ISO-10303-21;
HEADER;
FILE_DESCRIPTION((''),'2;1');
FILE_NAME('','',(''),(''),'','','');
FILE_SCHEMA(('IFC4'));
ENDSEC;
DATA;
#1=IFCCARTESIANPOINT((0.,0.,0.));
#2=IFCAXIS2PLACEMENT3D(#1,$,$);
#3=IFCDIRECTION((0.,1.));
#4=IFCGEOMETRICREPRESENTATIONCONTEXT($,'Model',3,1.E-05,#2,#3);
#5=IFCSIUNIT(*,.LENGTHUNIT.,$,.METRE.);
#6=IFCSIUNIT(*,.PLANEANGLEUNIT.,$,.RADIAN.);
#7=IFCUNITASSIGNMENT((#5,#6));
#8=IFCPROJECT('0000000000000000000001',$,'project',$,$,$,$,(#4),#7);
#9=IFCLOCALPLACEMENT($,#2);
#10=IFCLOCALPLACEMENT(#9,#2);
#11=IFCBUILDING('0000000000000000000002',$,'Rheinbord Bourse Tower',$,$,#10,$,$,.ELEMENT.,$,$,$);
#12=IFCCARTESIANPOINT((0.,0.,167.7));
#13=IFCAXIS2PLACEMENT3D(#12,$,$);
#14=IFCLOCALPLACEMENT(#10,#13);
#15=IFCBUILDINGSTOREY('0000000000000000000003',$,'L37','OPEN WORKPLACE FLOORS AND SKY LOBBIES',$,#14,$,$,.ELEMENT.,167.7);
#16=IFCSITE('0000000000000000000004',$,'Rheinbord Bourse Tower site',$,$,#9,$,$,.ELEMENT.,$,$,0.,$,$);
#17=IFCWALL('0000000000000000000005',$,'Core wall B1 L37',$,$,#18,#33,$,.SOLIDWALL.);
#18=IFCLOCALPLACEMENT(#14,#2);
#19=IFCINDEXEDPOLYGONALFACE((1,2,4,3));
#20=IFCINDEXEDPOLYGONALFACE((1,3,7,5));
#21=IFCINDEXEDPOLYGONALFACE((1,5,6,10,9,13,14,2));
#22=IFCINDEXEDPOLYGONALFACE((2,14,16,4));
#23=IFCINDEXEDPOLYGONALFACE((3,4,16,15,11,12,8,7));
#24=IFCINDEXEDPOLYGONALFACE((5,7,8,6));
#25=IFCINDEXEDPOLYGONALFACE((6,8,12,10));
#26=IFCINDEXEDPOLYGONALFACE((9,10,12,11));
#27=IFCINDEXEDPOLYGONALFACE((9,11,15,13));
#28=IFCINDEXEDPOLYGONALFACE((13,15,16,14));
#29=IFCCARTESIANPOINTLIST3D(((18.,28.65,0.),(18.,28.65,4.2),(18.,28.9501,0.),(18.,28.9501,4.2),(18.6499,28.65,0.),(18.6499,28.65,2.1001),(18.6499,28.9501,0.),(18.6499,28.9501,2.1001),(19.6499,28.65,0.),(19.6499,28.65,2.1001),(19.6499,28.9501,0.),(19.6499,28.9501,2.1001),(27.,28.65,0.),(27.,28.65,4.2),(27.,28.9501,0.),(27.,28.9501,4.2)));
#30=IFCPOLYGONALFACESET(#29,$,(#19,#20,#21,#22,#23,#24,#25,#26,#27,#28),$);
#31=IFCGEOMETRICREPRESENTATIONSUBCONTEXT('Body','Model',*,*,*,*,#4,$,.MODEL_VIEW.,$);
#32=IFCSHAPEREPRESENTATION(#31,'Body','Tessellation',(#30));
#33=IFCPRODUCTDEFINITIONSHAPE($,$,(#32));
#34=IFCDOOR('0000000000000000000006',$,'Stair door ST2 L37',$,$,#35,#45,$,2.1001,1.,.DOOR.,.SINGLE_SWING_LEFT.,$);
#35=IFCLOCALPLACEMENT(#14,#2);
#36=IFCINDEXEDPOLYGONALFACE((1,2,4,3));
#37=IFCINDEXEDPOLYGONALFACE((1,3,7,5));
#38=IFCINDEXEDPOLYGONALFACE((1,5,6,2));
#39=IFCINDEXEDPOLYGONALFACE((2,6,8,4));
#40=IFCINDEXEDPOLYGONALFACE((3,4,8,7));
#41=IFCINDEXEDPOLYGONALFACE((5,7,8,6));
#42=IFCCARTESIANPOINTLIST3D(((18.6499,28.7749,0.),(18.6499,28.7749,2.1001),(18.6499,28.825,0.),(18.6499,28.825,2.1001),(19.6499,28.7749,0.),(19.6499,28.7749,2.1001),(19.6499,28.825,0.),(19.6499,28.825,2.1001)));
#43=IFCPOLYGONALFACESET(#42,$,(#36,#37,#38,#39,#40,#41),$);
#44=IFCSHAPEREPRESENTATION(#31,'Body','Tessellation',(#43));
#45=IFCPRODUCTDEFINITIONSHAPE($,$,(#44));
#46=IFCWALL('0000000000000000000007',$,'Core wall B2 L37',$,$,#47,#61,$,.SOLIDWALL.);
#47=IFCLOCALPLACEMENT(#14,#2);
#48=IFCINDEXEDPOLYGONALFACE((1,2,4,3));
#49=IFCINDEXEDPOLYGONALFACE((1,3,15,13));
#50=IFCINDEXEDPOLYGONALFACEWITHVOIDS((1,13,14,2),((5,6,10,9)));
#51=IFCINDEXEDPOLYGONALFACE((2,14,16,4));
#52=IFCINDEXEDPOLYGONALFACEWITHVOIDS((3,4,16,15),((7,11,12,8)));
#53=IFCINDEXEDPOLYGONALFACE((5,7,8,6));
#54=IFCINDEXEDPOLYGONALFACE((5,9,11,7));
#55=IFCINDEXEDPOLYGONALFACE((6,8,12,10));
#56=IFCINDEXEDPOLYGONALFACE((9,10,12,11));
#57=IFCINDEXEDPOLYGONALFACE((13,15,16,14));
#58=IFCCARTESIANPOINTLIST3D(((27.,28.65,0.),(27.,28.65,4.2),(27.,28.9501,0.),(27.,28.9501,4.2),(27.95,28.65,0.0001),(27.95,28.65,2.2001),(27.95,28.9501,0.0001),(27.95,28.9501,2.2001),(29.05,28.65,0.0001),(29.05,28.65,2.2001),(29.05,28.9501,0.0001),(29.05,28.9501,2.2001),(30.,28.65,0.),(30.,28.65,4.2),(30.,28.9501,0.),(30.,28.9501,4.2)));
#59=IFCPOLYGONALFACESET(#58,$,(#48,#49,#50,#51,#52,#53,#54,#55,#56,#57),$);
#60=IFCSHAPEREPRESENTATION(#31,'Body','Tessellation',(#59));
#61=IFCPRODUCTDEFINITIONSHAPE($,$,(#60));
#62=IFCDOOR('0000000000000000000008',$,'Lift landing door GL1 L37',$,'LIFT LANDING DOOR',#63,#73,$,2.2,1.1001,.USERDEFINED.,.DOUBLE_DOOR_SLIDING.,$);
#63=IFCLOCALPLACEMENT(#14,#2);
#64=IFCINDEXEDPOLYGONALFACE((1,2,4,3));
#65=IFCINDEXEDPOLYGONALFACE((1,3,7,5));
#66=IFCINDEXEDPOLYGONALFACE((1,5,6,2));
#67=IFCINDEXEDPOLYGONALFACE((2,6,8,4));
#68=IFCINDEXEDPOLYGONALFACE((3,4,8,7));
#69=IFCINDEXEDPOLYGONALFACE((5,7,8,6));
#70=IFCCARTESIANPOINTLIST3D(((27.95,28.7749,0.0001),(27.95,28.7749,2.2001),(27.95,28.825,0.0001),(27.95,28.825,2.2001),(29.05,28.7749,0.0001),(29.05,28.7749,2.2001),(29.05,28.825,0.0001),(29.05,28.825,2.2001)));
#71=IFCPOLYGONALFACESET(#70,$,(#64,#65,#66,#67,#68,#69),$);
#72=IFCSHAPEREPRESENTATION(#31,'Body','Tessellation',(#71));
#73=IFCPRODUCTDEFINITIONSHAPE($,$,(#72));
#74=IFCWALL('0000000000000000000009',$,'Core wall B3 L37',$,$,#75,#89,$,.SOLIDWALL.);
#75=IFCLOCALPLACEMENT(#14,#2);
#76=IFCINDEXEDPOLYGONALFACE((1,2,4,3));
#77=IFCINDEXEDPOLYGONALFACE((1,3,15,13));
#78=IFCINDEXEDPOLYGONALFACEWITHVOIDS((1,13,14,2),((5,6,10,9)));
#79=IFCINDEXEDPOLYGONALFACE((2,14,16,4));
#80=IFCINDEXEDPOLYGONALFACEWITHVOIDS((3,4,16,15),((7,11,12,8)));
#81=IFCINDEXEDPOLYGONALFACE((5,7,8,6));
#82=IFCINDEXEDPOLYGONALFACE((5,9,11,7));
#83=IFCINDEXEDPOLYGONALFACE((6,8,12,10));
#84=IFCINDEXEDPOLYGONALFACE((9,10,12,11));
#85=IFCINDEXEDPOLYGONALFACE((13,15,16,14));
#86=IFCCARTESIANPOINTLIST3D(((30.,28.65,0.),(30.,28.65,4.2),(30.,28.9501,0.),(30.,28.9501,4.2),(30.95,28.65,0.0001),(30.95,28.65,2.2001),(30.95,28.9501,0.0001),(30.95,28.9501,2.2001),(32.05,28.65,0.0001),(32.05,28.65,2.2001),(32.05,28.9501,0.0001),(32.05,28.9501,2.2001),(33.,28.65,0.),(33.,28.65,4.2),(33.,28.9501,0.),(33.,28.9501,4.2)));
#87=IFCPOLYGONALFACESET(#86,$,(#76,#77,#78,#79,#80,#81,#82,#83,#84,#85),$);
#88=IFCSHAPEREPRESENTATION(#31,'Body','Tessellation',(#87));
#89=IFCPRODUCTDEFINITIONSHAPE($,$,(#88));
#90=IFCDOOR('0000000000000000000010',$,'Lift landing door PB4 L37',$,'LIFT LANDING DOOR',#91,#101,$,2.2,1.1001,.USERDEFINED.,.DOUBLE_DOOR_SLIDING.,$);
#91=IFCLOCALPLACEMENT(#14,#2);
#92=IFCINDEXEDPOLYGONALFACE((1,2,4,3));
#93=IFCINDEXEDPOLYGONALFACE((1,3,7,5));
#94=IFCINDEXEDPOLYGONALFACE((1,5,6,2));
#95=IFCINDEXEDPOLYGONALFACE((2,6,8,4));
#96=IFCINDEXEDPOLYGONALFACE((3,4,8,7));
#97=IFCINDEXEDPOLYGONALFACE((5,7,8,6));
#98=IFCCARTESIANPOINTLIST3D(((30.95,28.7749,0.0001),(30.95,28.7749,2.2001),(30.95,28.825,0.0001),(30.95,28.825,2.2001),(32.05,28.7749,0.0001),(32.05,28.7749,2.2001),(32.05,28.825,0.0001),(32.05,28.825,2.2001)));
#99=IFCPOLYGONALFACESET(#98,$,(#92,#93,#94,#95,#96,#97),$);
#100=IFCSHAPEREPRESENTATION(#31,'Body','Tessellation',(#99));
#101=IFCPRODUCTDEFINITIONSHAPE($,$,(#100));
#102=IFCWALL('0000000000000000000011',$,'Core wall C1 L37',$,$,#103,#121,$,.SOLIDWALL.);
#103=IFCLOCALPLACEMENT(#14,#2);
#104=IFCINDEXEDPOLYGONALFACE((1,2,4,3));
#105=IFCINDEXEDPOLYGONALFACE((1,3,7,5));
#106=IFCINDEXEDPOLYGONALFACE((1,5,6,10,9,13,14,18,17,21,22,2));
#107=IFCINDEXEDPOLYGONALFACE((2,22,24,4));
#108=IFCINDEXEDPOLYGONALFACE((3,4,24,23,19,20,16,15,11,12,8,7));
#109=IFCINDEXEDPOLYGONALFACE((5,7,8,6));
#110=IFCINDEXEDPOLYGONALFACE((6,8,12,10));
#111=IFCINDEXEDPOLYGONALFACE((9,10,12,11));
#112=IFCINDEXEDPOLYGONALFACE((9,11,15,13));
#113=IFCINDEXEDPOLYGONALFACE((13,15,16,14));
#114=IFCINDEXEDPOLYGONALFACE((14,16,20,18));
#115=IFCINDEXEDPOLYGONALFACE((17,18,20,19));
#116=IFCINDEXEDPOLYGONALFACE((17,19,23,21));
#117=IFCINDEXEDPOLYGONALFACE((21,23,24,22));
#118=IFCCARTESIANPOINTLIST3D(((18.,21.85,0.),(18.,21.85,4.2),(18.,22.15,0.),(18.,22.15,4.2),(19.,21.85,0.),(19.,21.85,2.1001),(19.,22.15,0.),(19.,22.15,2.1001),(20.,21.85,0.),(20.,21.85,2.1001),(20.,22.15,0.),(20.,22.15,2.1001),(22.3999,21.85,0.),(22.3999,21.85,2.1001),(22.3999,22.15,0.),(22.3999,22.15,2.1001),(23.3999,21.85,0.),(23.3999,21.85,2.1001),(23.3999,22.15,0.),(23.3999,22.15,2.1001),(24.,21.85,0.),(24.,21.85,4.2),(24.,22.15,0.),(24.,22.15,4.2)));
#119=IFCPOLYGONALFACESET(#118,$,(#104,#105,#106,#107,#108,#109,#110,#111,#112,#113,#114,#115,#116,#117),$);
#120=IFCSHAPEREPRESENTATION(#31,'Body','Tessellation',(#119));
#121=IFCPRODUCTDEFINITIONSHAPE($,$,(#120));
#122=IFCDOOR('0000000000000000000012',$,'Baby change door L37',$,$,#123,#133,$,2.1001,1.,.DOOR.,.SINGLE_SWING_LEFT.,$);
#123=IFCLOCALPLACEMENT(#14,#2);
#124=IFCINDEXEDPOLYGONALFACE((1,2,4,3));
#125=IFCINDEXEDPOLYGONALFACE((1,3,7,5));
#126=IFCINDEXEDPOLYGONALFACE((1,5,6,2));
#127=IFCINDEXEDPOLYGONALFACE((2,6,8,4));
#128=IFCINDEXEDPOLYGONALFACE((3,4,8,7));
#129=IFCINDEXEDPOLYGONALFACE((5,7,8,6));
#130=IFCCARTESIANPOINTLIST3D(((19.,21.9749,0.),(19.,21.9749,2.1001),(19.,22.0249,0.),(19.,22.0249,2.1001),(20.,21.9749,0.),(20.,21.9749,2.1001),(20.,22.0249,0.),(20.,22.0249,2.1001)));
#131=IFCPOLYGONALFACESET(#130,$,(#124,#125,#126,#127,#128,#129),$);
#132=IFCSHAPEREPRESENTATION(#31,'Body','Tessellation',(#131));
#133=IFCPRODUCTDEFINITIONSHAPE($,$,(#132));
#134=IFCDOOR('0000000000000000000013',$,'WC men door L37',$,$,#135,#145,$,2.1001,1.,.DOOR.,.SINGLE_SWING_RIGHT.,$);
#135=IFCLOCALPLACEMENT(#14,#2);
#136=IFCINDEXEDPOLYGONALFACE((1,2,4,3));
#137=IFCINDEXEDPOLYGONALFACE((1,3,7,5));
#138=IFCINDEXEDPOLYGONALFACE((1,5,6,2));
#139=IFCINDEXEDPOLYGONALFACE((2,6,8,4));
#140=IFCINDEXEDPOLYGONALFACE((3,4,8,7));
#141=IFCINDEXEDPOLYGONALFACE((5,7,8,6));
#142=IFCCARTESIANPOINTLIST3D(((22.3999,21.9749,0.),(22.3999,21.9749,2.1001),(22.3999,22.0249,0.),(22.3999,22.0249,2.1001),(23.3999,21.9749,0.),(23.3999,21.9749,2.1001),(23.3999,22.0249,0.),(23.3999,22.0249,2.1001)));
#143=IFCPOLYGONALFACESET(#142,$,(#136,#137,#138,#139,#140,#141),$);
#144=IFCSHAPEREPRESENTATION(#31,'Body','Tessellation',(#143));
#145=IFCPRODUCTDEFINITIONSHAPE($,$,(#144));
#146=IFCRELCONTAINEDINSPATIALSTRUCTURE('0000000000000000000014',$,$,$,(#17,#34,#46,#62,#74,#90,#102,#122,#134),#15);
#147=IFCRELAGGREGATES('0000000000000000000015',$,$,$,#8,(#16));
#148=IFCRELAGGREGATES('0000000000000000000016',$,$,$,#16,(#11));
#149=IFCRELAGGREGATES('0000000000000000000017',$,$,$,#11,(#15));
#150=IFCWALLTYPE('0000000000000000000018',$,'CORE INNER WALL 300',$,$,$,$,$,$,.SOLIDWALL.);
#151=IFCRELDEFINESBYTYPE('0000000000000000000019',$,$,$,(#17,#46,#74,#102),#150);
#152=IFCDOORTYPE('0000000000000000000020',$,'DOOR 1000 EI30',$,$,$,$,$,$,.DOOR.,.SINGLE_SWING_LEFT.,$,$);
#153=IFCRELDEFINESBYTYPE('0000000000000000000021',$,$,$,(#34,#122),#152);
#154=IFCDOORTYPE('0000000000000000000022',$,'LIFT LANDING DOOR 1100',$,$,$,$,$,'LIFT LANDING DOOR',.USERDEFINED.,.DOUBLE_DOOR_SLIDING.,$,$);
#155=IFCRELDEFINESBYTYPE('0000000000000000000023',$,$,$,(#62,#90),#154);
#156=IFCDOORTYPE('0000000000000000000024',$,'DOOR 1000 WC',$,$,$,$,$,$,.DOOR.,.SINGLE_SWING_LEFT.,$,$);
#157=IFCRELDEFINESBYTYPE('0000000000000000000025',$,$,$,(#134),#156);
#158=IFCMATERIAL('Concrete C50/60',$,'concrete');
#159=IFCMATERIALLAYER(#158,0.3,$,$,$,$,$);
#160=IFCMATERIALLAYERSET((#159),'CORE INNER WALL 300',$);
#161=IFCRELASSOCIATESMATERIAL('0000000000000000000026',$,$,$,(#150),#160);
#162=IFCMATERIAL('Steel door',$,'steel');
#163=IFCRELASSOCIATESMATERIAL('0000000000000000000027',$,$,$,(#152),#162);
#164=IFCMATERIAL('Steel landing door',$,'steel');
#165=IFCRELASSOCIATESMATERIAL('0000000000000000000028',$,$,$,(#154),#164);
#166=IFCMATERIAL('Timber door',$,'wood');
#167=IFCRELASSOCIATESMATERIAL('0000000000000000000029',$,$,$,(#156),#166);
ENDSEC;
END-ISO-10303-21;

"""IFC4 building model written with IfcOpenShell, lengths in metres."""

from ifc_helpers import new_model, si_unit, direction, frame, frame_2d, origin, place, context, subcontext, project, spatial, rectangle, extrude, material, layer, layer_set, type_object, element, fill, save


model = new_model("IFC4")

# Units and contexts
model_context = context("Model", 3, precision=1e-05, world=origin(), true_north=direction((0.0, 1.0)))
body_context = subcontext(model_context, "Body", "Model", "MODEL_VIEW")
ifc_project = project(units=[si_unit("LENGTHUNIT", "METRE"), si_unit("PLANEANGLEUNIT", "RADIAN")], contexts=[model_context])

# Site, building, storey
site_placement = place(None, origin())
site = spatial("IfcSite", under=ifc_project, at=site_placement, Name="Rheinbord Bourse Tower site", CompositionType="ELEMENT", RefElevation=0.0)
building_placement = place(site_placement, origin())
building = spatial("IfcBuilding", under=site, at=building_placement, Name="Rheinbord Bourse Tower", CompositionType="ELEMENT")
storey_placement = place(building_placement, frame((0.0, 0.0, 167.7)))
storey = spatial("IfcBuildingStorey", under=building, at=storey_placement, Name="L37", Description="OPEN WORKPLACE FLOORS AND SKY LOBBIES", CompositionType="ELEMENT", Elevation=167.7)

# Walls, openings, doors
ifc_material_1 = material(Name="Concrete C50/60", Category="concrete")
ifc_layer_1 = layer(ifc_material_1, 0.3)
ifc_layer_set_1 = layer_set([ifc_layer_1], Name="CORE INNER WALL 300")
wall_type_1 = type_object("IfcWallType", Name="CORE INNER WALL 300", PredefinedType="SOLIDWALL", material=ifc_layer_set_1)
wall_1_placement = place(storey_placement, frame((18.0, 28.8, 0.0), z_axis=(0.0, 0.0, 1.0), x_axis=(1.0, 0.0, 0.0)))
wall_1 = element("IfcWall", 1, at=wall_1_placement, inside=storey, type_object=wall_type_1, Name="Core wall B1 L37", PredefinedType="SOLIDWALL", context=body_context, shape_type="SweptSolid", body=[
    extrude(rectangle(XDim=9.0, YDim=0.3, at=frame_2d((4.5, 0.0))), origin(), (0.0, 0.0, 1.0), 4.2),
])
opening_1_placement = place(wall_1_placement, frame((0.6499, 0.0, 0.0)))
opening_1 = element("IfcOpeningElement", 2, at=opening_1_placement, cuts=wall_1, PredefinedType="OPENING", context=body_context, shape_type="SweptSolid", body=[
    extrude(rectangle(XDim=1.0, YDim=2.1001, at=frame_2d((0.5, 1.05))), frame((0.0, 0.1599, 0.0), z_axis=(0.0, -1.0, 0.0), x_axis=(1.0, 0.0, 0.0)), (0.0, 0.0, 1.0), 0.3201),
])
ifc_material_2 = material(Name="Steel door", Category="steel")
door_type_1 = type_object("IfcDoorType", Name="DOOR 1000 EI30", OperationType="SINGLE_SWING_LEFT", PredefinedType="DOOR", material=ifc_material_2)
door_1_placement = place(opening_1_placement, origin())
door_1 = element("IfcDoor", 3, at=door_1_placement, inside=storey, type_object=door_type_1, Name="Stair door ST2 L37", OperationType="SINGLE_SWING_LEFT", OverallHeight=2.1001, OverallWidth=1.0, PredefinedType="DOOR", context=body_context, shape_type="SweptSolid", body=[
    extrude(rectangle(XDim=1.0, YDim=2.1001, at=frame_2d((0.5, 1.05))), frame((0.0, 0.0249, 0.0), z_axis=(0.0, -1.0, 0.0), x_axis=(1.0, 0.0, 0.0)), (0.0, 0.0, 1.0), 0.05),
])
fill(opening_1, door_1)
wall_2_placement = place(storey_placement, frame((27.0, 28.8, 0.0), z_axis=(0.0, 0.0, 1.0), x_axis=(1.0, 0.0, 0.0)))
wall_2 = element("IfcWall", 4, at=wall_2_placement, inside=storey, type_object=wall_type_1, Name="Core wall B2 L37", PredefinedType="SOLIDWALL", context=body_context, shape_type="SweptSolid", body=[
    extrude(rectangle(XDim=3.0, YDim=0.3, at=frame_2d((1.5, 0.0))), origin(), (0.0, 0.0, 1.0), 4.2),
])
opening_2_placement = place(wall_2_placement, frame((0.95, 0.0, 0.0)))
opening_2 = element("IfcOpeningElement", 5, at=opening_2_placement, cuts=wall_2, PredefinedType="OPENING", context=body_context, shape_type="SweptSolid", body=[
    extrude(rectangle(XDim=1.1001, YDim=2.2, at=frame_2d((0.55, 1.1001))), frame((0.0, 0.1599, 0.0), z_axis=(0.0, -1.0, 0.0), x_axis=(1.0, 0.0, 0.0)), (0.0, 0.0, 1.0), 0.3201),
])
ifc_material_3 = material(Name="Steel landing door", Category="steel")
door_type_2 = type_object("IfcDoorType", Name="LIFT LANDING DOOR 1100", ElementType="LIFT LANDING DOOR", OperationType="DOUBLE_DOOR_SLIDING", PredefinedType="USERDEFINED", material=ifc_material_3)
door_2_placement = place(opening_2_placement, origin())
door_2 = element("IfcDoor", 6, at=door_2_placement, inside=storey, type_object=door_type_2, Name="Lift landing door GL1 L37", ObjectType="LIFT LANDING DOOR", OperationType="DOUBLE_DOOR_SLIDING", OverallHeight=2.2, OverallWidth=1.1001, PredefinedType="USERDEFINED", context=body_context, shape_type="SweptSolid", body=[
    extrude(rectangle(XDim=1.1001, YDim=2.2, at=frame_2d((0.55, 1.1001))), frame((0.0, 0.0249, 0.0), z_axis=(0.0, -1.0, 0.0), x_axis=(1.0, 0.0, 0.0)), (0.0, 0.0, 1.0), 0.05),
])
fill(opening_2, door_2)
wall_3_placement = place(storey_placement, frame((30.0, 28.8, 0.0), z_axis=(0.0, 0.0, 1.0), x_axis=(1.0, 0.0, 0.0)))
wall_3 = element("IfcWall", 7, at=wall_3_placement, inside=storey, type_object=wall_type_1, Name="Core wall B3 L37", PredefinedType="SOLIDWALL", context=body_context, shape_type="SweptSolid", body=[
    extrude(rectangle(XDim=3.0, YDim=0.3, at=frame_2d((1.5, 0.0))), origin(), (0.0, 0.0, 1.0), 4.2),
])
opening_3_placement = place(wall_3_placement, frame((0.95, 0.0, 0.0)))
opening_3 = element("IfcOpeningElement", 8, at=opening_3_placement, cuts=wall_3, PredefinedType="OPENING", context=body_context, shape_type="SweptSolid", body=[
    extrude(rectangle(XDim=1.1001, YDim=2.2, at=frame_2d((0.55, 1.1001))), frame((0.0, 0.1599, 0.0), z_axis=(0.0, -1.0, 0.0), x_axis=(1.0, 0.0, 0.0)), (0.0, 0.0, 1.0), 0.3201),
])
door_3_placement = place(opening_3_placement, origin())
door_3 = element("IfcDoor", 9, at=door_3_placement, inside=storey, type_object=door_type_2, Name="Lift landing door PB4 L37", ObjectType="LIFT LANDING DOOR", OperationType="DOUBLE_DOOR_SLIDING", OverallHeight=2.2, OverallWidth=1.1001, PredefinedType="USERDEFINED", context=body_context, shape_type="SweptSolid", body=[
    extrude(rectangle(XDim=1.1001, YDim=2.2, at=frame_2d((0.55, 1.1001))), frame((0.0, 0.0249, 0.0), z_axis=(0.0, -1.0, 0.0), x_axis=(1.0, 0.0, 0.0)), (0.0, 0.0, 1.0), 0.05),
])
fill(opening_3, door_3)

# Wall, openings, doors
wall_4_placement = place(storey_placement, frame((18.0, 22.0, 0.0), z_axis=(0.0, 0.0, 1.0), x_axis=(1.0, 0.0, 0.0)))
wall_4 = element("IfcWall", 10, at=wall_4_placement, inside=storey, type_object=wall_type_1, Name="Core wall C1 L37", PredefinedType="SOLIDWALL", context=body_context, shape_type="SweptSolid", body=[
    extrude(rectangle(XDim=6.0, YDim=0.3, at=frame_2d((3.0, 0.0))), origin(), (0.0, 0.0, 1.0), 4.2),
])
opening_4_placement = place(wall_4_placement, frame((4.3999, 0.0, 0.0)))
opening_4 = element("IfcOpeningElement", 11, at=opening_4_placement, cuts=wall_4, PredefinedType="OPENING", context=body_context, shape_type="SweptSolid", body=[
    extrude(rectangle(XDim=1.0, YDim=2.1001, at=frame_2d((0.5, 1.05))), frame((0.0, 0.1599, 0.0), z_axis=(0.0, -1.0, 0.0), x_axis=(1.0, 0.0, 0.0)), (0.0, 0.0, 1.0), 0.3201),
])
opening_5_placement = place(wall_4_placement, frame((1.0, 0.0, 0.0)))
opening_5 = element("IfcOpeningElement", 12, at=opening_5_placement, cuts=wall_4, PredefinedType="OPENING", context=body_context, shape_type="SweptSolid", body=[
    extrude(rectangle(XDim=1.0, YDim=2.1001, at=frame_2d((0.5, 1.05))), frame((0.0, 0.1599, 0.0), z_axis=(0.0, -1.0, 0.0), x_axis=(1.0, 0.0, 0.0)), (0.0, 0.0, 1.0), 0.3201),
])
door_4_placement = place(opening_5_placement, origin())
door_4 = element("IfcDoor", 13, at=door_4_placement, inside=storey, type_object=door_type_1, Name="Baby change door L37", OperationType="SINGLE_SWING_LEFT", OverallHeight=2.1001, OverallWidth=1.0, PredefinedType="DOOR", context=body_context, shape_type="SweptSolid", body=[
    extrude(rectangle(XDim=1.0, YDim=2.1001, at=frame_2d((0.5, 1.05))), frame((0.0, 0.0249, 0.0), z_axis=(0.0, -1.0, 0.0), x_axis=(1.0, 0.0, 0.0)), (0.0, 0.0, 1.0), 0.05),
])
fill(opening_5, door_4)
ifc_material_4 = material(Name="Timber door", Category="wood")
door_type_3 = type_object("IfcDoorType", Name="DOOR 1000 WC", OperationType="SINGLE_SWING_LEFT", PredefinedType="DOOR", material=ifc_material_4)
door_5_placement = place(opening_4_placement, origin())
door_5 = element("IfcDoor", 14, at=door_5_placement, inside=storey, type_object=door_type_3, Name="WC men door L37", OperationType="SINGLE_SWING_RIGHT", OverallHeight=2.1001, OverallWidth=1.0, PredefinedType="DOOR", context=body_context, shape_type="SweptSolid", body=[
    extrude(rectangle(XDim=1.0, YDim=2.1001, at=frame_2d((0.5, 1.05))), frame((0.0, 0.0249, 0.0), z_axis=(0.0, -1.0, 0.0), x_axis=(1.0, 0.0, 0.0)), (0.0, 0.0, 1.0), 0.05),
])
fill(opening_4, door_5)

save(model, "model.ifc")
